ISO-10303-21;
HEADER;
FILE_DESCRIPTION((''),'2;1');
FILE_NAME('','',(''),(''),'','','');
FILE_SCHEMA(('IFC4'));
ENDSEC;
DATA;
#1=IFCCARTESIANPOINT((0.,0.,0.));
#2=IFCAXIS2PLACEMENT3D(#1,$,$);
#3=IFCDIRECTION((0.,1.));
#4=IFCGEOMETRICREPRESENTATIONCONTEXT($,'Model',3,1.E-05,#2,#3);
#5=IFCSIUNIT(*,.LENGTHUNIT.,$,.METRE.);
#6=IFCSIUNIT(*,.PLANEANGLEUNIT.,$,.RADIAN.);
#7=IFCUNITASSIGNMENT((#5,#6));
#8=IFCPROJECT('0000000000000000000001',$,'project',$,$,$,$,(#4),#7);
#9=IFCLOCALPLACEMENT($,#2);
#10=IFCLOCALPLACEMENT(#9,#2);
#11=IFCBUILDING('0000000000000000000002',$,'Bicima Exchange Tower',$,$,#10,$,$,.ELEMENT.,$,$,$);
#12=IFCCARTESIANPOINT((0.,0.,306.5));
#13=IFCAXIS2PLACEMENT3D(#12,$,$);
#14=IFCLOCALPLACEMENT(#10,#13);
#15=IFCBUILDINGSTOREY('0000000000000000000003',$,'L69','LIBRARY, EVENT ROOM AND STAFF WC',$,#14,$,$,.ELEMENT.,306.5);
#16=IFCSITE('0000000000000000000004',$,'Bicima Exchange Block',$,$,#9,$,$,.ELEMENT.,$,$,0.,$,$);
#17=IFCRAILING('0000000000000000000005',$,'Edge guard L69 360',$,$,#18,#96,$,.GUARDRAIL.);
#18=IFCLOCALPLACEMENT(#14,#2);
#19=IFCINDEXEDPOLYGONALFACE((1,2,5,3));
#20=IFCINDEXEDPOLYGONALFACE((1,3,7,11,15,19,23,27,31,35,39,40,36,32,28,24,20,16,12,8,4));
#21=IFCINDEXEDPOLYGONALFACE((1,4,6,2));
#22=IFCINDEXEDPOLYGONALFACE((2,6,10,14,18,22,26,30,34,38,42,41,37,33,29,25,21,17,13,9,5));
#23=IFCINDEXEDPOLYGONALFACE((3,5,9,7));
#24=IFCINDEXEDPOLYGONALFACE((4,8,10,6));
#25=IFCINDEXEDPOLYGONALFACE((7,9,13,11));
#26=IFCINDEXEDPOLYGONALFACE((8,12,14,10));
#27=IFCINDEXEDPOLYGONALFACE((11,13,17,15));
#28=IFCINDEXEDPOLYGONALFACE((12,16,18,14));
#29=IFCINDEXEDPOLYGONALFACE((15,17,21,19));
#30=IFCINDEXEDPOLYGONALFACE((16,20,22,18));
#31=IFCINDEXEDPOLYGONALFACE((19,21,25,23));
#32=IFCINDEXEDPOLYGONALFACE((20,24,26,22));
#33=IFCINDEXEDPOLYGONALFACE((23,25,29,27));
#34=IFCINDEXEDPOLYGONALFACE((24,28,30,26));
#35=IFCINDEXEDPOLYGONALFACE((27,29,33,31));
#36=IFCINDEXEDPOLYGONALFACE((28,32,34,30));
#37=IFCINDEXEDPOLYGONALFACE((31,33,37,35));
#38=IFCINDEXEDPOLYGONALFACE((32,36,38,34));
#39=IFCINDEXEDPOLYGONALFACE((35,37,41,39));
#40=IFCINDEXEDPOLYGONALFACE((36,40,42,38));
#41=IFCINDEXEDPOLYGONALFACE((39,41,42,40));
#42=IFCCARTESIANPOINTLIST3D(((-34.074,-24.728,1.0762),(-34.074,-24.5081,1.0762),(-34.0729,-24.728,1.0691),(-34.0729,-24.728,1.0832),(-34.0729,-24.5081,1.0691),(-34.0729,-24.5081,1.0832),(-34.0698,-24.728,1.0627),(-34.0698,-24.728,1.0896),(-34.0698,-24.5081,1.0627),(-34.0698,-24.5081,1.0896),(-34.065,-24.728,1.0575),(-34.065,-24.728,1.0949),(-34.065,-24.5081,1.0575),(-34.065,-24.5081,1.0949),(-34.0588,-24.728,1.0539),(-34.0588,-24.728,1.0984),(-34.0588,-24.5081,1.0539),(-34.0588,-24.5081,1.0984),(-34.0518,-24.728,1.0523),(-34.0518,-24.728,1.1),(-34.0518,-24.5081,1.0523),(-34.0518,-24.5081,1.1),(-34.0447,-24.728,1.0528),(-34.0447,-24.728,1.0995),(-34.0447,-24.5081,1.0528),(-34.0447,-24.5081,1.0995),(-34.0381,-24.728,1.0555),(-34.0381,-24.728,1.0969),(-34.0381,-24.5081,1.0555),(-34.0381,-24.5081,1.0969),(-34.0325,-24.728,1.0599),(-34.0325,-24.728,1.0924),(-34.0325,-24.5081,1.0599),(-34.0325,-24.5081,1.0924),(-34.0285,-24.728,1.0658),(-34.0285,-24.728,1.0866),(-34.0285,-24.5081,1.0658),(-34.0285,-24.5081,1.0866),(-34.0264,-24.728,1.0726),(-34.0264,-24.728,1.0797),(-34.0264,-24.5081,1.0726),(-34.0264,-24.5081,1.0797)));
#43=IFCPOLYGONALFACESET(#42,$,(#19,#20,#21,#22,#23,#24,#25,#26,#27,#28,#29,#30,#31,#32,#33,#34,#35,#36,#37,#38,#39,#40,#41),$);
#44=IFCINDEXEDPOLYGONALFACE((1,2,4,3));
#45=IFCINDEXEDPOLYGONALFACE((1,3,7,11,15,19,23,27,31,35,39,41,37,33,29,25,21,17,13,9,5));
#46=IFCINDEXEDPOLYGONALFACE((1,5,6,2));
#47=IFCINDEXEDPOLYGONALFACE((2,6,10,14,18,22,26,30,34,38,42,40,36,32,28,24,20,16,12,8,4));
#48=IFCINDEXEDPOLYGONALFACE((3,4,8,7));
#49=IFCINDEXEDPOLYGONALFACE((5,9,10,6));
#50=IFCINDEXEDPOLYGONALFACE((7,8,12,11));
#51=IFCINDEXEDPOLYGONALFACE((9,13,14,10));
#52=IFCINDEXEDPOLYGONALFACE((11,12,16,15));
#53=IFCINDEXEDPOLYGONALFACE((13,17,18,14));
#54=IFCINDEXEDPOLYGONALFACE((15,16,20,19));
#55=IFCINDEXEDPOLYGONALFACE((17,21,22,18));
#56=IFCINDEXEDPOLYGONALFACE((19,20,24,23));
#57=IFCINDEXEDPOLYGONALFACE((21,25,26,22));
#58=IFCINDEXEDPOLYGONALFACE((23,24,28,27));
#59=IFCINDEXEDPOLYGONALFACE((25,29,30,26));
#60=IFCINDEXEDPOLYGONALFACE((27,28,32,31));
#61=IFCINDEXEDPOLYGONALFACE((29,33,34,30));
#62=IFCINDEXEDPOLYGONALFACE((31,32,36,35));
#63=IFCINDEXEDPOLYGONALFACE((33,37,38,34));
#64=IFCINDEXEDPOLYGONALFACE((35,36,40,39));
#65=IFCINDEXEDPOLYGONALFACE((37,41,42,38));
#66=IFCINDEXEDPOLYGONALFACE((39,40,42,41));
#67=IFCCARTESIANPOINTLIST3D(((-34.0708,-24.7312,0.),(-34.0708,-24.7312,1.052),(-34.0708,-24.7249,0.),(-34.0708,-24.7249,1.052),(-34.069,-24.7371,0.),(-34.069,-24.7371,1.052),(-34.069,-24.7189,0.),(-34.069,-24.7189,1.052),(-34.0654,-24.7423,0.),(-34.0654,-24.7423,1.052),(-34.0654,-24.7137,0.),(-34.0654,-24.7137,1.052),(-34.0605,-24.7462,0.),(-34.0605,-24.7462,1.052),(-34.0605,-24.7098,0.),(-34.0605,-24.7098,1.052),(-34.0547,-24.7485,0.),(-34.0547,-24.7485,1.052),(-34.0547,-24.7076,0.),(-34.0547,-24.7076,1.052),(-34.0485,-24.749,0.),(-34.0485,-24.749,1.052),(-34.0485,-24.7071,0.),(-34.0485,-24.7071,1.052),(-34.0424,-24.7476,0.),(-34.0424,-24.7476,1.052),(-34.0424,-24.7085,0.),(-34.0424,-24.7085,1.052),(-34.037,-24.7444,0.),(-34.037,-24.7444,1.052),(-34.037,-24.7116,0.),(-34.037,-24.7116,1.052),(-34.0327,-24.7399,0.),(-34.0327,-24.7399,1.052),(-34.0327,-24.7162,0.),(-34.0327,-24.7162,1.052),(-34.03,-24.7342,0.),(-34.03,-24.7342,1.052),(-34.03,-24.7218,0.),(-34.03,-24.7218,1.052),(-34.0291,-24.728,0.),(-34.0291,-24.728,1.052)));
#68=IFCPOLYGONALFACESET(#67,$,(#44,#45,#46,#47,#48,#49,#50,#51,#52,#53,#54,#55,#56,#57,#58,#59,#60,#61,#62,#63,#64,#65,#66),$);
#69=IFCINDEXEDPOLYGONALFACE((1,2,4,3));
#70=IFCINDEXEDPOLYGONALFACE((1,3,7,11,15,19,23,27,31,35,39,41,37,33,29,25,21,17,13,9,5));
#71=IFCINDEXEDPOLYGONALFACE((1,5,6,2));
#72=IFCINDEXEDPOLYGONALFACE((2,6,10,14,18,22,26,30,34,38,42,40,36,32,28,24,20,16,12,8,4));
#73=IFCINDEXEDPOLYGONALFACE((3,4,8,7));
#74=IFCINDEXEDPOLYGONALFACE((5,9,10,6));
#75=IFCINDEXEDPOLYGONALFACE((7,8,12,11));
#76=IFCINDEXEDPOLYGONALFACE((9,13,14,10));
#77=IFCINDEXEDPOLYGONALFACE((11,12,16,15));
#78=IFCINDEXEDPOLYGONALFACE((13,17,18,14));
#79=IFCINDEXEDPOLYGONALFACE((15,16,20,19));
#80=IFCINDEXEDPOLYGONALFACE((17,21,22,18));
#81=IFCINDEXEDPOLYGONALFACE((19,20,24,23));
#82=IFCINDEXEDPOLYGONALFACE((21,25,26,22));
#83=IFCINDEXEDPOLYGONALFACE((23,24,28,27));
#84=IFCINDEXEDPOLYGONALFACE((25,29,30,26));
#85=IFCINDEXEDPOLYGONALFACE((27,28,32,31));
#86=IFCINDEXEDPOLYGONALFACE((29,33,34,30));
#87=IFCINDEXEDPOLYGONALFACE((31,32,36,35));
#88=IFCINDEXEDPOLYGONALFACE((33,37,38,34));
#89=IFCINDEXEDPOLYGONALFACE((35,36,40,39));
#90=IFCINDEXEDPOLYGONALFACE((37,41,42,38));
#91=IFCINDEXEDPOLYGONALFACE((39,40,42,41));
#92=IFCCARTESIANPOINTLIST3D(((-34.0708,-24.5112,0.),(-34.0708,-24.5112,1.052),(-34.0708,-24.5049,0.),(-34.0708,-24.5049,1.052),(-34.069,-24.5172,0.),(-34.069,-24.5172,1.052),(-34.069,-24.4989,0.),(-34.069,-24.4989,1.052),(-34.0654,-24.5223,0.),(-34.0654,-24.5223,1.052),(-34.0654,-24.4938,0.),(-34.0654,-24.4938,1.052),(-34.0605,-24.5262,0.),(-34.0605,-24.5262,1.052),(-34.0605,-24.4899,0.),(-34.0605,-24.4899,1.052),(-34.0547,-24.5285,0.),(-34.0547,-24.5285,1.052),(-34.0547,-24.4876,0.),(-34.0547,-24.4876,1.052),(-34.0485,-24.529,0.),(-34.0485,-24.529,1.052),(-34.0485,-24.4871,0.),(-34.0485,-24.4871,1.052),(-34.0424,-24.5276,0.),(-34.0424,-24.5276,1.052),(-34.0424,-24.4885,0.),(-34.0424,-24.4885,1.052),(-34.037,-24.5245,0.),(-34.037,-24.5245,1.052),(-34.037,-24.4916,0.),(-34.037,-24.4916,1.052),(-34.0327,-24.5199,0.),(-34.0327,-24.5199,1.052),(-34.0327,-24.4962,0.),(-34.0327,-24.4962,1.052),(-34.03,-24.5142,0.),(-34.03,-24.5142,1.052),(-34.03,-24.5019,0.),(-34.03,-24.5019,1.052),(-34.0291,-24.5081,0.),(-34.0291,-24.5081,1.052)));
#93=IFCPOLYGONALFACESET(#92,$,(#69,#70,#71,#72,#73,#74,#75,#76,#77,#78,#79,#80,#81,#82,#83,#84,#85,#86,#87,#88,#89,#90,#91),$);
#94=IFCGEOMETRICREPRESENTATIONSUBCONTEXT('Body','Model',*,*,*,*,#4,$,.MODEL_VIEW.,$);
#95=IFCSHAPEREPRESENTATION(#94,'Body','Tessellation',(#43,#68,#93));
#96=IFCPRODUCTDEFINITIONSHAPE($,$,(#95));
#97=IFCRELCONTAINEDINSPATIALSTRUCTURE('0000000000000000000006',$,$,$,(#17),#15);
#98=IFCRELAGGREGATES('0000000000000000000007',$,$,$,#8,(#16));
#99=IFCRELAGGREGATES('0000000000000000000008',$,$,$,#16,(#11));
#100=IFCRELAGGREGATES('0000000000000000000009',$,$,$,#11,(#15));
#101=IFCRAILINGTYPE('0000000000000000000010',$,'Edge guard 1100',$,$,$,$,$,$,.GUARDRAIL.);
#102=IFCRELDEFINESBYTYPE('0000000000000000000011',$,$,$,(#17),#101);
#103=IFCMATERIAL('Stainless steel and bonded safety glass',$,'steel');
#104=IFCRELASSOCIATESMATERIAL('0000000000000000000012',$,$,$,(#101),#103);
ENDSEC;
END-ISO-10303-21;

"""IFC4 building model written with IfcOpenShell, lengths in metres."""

from ifc_helpers import new_model, si_unit, direction, frame, origin, origin_2d, place, context, subcontext, project, spatial, circle, extrude, material, type_object, element, save


model = new_model("IFC4")

# Units and contexts
model_context = context("Model", 3, precision=1e-05, world=origin(), true_north=direction((0.0, 1.0)))
body_context = subcontext(model_context, "Body", "Model", "MODEL_VIEW")
ifc_project = project(units=[si_unit("LENGTHUNIT", "METRE"), si_unit("PLANEANGLEUNIT", "RADIAN")], contexts=[model_context])

# Site, building, storey
site_placement = place(None, origin())
site = spatial("IfcSite", under=ifc_project, at=site_placement, Name="Bicima Exchange Block", CompositionType="ELEMENT", RefElevation=0.0)
building_placement = place(site_placement, origin())
building = spatial("IfcBuilding", under=site, at=building_placement, Name="Bicima Exchange Tower", CompositionType="ELEMENT")
storey_placement = place(building_placement, frame((0.0, 0.0, 306.5)))
storey = spatial("IfcBuildingStorey", under=building, at=storey_placement, Name="L69", Description="LIBRARY, EVENT ROOM AND STAFF WC", CompositionType="ELEMENT", Elevation=306.5)

# Railing
ifc_material_1 = material(Name="Stainless steel and bonded safety glass", Category="steel")
railing_type = type_object("IfcRailingType", Name="Edge guard 1100", PredefinedType="GUARDRAIL", material=ifc_material_1)
railing_1_placement = place(storey_placement, frame((-34.05, -24.728, 0.0)))
element("IfcRailing", 1, at=railing_1_placement, inside=storey, type_object=railing_type, Name="Edge guard L69 360", PredefinedType="GUARDRAIL", context=body_context, shape_type="SweptSolid", body=[
    extrude(circle(Radius=0.0239, at=origin_2d()), frame((0.0, 0.0, 1.0762), z_axis=(0.0, 1.0, 0.0), x_axis=(-1.0, 0.0, 0.0)), (0.0, 0.0, 1.0), 0.22),
    extrude(circle(Radius=0.021, at=origin_2d()), origin(), (0.0, 0.0, 1.0), 1.052),
    extrude(circle(Radius=0.021, at=origin_2d()), frame((0.0, 0.22, 0.0)), (0.0, 0.0, 1.0), 1.052),
])

save(model, "model.ifc")
